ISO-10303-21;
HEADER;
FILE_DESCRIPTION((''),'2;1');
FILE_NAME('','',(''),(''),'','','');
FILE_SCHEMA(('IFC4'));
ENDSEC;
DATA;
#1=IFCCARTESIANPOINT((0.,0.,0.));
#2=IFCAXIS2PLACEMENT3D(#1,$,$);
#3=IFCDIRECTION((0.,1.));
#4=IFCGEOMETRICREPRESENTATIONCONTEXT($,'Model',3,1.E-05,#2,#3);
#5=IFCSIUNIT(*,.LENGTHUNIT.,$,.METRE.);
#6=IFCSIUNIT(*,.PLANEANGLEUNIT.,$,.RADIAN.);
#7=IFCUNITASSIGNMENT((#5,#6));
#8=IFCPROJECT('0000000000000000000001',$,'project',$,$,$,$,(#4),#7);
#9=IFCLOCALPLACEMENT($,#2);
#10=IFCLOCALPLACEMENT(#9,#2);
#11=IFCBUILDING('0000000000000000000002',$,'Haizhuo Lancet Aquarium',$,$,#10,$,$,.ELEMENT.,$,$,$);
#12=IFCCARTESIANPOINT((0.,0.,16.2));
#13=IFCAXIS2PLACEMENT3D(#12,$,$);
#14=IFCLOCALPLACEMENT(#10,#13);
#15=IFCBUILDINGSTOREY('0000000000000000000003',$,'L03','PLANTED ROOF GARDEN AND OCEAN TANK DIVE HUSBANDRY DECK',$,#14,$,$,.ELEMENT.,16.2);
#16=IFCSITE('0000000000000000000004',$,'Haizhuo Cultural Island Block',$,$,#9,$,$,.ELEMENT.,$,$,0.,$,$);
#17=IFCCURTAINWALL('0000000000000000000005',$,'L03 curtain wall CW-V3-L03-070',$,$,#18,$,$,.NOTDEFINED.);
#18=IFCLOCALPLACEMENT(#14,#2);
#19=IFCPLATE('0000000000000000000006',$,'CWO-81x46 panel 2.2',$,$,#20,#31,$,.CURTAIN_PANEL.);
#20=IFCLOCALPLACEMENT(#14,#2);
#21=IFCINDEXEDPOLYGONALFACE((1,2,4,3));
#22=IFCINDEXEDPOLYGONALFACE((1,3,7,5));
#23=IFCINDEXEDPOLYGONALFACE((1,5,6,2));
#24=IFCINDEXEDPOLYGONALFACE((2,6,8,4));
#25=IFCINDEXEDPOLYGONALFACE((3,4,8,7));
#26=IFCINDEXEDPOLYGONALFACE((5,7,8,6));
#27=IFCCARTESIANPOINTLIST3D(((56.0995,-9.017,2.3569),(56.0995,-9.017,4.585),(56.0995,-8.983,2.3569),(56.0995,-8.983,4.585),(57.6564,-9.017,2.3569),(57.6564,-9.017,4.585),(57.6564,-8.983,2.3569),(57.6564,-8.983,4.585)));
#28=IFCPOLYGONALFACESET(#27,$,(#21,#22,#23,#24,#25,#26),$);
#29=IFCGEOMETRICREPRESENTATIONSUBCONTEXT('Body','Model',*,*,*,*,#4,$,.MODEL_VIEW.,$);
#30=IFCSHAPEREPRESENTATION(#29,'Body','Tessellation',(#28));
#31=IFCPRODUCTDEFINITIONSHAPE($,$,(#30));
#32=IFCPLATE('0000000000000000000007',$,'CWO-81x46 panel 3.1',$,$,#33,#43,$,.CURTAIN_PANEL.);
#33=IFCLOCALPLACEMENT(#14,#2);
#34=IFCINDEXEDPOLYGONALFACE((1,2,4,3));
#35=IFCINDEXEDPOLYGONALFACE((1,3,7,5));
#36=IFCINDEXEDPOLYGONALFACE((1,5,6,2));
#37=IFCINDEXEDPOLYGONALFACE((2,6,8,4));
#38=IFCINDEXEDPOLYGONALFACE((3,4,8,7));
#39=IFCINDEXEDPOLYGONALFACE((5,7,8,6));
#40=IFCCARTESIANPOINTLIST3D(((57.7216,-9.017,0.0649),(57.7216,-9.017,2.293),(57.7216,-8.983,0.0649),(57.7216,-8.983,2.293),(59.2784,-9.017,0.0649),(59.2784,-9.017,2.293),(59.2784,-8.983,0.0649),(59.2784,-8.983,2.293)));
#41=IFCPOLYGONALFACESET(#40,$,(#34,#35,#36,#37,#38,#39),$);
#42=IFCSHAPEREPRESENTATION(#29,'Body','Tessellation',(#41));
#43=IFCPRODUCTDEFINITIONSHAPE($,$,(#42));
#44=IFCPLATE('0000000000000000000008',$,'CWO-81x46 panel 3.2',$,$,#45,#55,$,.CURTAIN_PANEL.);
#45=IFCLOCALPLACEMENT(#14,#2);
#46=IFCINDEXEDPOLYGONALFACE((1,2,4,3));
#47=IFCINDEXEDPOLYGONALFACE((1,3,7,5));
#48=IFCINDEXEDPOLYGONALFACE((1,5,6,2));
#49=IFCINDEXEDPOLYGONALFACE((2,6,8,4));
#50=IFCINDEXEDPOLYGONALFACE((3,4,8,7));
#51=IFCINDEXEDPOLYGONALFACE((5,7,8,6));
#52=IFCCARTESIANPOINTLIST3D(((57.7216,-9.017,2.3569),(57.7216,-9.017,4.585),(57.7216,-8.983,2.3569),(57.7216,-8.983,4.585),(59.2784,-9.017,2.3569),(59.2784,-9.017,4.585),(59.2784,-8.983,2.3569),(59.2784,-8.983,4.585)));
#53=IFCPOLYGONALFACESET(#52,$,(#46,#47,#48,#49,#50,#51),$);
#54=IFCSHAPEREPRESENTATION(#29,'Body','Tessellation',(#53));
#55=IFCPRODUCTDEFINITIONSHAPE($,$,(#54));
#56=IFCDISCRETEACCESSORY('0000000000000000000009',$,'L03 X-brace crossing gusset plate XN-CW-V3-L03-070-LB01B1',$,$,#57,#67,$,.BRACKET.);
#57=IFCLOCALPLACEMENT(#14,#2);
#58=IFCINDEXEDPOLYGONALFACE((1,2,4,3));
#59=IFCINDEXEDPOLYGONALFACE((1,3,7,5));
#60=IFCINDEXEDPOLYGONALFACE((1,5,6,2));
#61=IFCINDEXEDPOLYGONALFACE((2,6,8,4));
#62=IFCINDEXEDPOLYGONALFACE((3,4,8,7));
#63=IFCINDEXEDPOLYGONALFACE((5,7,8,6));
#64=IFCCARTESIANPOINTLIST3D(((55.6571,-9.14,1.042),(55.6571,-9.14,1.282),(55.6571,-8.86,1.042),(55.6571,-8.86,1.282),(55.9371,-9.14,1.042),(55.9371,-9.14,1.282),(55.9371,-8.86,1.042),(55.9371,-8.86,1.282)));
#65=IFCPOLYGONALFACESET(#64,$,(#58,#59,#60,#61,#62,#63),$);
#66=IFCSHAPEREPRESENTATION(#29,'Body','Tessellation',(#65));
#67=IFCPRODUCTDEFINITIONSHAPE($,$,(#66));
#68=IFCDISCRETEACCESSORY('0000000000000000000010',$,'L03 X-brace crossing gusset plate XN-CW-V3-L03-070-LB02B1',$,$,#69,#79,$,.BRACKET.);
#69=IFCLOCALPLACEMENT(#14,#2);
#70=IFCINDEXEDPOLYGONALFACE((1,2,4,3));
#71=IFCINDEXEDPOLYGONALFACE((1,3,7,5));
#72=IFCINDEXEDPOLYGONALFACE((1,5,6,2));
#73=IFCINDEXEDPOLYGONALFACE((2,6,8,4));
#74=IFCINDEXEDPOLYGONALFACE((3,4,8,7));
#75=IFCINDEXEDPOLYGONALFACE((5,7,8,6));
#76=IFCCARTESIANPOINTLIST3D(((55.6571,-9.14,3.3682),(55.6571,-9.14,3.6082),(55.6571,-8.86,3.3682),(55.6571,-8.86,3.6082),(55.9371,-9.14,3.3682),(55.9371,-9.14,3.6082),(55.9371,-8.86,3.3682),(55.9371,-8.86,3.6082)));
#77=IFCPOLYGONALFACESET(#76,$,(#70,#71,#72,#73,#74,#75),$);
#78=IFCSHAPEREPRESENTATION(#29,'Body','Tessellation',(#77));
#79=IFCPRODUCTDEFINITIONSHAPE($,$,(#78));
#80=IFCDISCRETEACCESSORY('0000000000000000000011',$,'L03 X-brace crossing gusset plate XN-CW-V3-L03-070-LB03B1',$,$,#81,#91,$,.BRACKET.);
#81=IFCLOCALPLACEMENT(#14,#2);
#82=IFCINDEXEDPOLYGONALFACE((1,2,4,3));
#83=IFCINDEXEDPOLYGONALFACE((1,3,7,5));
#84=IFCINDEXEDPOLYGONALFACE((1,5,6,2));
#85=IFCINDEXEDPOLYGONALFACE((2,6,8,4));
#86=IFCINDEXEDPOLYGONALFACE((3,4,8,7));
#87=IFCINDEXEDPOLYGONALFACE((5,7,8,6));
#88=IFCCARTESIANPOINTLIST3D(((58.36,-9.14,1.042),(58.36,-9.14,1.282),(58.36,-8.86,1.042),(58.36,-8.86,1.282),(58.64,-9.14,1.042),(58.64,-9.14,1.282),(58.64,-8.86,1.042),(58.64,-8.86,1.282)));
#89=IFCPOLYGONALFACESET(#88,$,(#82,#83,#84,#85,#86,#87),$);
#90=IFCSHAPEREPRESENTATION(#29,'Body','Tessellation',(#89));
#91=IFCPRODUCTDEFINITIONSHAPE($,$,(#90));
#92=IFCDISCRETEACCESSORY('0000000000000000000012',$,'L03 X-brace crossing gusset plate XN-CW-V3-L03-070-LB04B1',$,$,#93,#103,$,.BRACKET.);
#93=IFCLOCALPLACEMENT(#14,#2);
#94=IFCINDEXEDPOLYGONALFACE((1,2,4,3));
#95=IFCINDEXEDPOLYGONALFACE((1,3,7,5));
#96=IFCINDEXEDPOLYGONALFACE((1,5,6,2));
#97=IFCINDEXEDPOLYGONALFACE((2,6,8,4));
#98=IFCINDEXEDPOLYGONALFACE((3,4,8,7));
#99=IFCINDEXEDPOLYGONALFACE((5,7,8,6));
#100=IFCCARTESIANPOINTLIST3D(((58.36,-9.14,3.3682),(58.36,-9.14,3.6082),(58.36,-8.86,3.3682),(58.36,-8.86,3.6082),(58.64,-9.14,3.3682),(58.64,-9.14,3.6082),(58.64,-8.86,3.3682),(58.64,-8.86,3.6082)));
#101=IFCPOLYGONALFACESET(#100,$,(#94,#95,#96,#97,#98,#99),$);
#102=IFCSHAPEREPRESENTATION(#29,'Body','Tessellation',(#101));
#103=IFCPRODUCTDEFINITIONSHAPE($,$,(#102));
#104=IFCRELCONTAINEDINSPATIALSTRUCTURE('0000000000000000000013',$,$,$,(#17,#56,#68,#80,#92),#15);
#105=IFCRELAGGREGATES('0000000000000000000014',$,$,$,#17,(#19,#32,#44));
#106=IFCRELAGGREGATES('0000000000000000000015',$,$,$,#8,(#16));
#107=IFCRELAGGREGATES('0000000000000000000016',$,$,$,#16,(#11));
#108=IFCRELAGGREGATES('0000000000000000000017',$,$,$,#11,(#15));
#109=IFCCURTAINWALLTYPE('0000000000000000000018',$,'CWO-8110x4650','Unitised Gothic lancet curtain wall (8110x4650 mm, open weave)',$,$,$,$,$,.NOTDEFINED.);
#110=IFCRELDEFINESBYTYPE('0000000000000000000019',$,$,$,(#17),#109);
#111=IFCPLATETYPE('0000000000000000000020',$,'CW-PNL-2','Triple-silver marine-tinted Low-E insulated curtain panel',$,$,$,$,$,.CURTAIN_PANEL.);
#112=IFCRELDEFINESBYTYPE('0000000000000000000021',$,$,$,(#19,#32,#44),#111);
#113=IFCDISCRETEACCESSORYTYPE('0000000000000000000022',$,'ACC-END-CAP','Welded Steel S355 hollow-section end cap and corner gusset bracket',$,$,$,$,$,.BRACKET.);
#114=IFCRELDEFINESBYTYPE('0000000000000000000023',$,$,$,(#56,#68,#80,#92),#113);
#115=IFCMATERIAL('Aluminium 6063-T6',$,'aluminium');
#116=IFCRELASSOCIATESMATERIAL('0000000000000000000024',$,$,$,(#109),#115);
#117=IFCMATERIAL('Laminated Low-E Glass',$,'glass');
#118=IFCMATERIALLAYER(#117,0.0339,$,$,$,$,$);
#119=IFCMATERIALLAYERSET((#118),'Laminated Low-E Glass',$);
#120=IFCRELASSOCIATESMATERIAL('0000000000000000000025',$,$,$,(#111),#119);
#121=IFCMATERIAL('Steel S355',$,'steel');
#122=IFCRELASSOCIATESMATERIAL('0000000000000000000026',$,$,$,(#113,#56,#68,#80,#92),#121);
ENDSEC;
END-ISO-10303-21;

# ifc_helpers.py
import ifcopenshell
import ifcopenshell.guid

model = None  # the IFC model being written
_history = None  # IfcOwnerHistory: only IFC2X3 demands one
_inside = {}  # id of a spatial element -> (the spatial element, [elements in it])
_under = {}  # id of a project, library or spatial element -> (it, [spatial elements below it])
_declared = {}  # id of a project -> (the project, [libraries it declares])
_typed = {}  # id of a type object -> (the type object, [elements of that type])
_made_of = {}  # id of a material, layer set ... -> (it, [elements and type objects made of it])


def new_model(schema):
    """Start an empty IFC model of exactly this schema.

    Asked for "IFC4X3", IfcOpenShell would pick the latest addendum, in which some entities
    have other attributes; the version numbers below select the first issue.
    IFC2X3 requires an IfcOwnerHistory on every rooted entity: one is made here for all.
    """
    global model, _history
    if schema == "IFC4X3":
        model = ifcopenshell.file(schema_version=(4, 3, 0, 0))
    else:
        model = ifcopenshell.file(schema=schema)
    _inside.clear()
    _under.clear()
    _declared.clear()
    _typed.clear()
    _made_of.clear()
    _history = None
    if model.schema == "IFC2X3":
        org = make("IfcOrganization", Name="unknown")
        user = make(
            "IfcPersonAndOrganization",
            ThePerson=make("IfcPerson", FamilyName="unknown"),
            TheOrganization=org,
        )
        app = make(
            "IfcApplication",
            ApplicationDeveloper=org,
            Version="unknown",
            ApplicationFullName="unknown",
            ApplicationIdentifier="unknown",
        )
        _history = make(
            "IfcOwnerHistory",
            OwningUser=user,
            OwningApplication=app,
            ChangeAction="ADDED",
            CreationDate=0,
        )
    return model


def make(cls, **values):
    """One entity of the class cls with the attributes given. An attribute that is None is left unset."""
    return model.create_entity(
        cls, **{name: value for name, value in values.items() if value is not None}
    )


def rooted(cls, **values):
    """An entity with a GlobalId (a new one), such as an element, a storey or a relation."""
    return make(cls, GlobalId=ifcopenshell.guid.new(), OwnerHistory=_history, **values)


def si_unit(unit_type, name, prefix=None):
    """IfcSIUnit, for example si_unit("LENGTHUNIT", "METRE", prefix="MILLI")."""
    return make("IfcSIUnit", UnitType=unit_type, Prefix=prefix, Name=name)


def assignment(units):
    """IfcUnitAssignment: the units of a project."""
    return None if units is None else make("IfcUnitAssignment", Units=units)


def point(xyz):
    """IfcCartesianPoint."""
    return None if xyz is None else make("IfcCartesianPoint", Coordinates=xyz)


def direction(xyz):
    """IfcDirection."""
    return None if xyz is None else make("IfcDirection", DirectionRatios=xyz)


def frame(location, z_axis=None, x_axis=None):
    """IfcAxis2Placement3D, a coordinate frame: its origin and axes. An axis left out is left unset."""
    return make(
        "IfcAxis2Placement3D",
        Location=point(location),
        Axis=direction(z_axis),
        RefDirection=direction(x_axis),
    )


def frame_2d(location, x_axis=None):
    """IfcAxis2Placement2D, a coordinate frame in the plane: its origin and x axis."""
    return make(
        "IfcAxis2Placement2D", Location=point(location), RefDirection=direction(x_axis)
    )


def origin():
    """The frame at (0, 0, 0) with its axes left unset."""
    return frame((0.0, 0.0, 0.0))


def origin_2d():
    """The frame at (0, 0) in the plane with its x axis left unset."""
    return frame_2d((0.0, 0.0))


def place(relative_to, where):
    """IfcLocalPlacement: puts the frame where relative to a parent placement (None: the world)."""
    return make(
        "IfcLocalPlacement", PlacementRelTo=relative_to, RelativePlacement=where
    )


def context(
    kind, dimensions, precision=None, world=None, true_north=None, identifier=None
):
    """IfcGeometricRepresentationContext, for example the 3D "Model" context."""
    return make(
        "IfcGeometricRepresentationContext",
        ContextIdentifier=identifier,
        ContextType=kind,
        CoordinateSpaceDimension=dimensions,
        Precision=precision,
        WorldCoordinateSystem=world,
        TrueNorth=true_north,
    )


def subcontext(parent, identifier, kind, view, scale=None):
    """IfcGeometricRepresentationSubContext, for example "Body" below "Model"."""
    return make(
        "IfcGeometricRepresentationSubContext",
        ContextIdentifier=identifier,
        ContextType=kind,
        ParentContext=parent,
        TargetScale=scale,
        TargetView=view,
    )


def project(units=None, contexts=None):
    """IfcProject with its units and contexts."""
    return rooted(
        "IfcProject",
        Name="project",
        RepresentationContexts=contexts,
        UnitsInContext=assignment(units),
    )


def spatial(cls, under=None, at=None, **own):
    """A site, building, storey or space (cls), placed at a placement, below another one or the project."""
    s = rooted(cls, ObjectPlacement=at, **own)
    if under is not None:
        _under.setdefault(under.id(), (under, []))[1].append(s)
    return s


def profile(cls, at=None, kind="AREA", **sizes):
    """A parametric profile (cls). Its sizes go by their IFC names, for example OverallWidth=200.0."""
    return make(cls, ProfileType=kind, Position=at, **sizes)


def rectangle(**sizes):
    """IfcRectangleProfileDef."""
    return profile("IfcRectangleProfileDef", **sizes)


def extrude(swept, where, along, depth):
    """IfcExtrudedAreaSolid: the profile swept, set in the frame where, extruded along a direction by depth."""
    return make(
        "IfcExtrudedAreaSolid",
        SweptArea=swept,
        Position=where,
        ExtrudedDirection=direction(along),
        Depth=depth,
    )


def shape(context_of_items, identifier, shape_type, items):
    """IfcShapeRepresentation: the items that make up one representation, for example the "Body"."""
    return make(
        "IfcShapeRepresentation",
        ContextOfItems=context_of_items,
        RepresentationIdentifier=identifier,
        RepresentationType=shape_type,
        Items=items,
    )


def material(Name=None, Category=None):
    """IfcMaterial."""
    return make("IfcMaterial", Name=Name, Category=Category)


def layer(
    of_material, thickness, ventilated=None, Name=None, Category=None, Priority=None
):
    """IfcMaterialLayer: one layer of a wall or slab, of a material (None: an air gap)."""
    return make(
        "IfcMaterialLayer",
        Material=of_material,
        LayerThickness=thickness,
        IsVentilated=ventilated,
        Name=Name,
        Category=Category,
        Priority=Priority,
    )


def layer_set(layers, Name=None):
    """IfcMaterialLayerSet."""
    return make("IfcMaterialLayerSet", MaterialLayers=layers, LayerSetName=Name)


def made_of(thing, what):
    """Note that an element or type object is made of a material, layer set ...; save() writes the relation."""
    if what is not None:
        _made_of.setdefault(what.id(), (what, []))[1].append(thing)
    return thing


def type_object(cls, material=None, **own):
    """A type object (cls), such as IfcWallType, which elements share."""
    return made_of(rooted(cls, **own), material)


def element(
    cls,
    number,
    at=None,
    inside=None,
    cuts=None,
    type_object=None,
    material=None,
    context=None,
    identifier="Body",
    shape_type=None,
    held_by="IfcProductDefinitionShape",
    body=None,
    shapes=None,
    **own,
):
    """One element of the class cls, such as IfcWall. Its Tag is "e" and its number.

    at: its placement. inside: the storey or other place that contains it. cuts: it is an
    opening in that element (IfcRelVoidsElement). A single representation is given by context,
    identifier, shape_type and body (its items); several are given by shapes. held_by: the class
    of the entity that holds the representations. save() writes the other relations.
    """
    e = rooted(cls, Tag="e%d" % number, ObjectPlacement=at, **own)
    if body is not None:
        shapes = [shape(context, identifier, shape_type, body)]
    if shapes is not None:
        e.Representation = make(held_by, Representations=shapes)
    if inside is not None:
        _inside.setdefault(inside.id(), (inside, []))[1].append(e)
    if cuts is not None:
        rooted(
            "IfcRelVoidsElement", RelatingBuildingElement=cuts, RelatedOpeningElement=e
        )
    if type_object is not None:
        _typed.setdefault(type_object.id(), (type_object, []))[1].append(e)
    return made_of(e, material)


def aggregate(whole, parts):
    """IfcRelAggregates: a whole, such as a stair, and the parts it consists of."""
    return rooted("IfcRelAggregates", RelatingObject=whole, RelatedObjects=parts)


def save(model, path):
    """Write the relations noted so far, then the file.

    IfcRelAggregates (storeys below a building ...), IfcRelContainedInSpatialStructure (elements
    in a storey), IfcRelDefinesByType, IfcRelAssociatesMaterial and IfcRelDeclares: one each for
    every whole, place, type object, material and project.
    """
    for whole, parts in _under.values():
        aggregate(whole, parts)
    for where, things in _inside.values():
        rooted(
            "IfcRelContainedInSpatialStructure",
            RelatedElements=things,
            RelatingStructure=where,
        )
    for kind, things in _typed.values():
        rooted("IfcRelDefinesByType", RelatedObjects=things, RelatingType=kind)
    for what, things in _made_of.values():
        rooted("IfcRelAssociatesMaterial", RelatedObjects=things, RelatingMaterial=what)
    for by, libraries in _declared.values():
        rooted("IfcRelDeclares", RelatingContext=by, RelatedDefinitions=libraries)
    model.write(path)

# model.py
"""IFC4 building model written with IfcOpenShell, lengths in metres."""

from ifc_helpers import new_model, si_unit, direction, frame, origin, origin_2d, place, context, subcontext, project, spatial, rectangle, extrude, material, layer, layer_set, type_object, element, aggregate, save


model = new_model("IFC4")

# Units and contexts
model_context = context("Model", 3, precision=1e-05, world=origin(), true_north=direction((0.0, 1.0)))
body_context = subcontext(model_context, "Body", "Model", "MODEL_VIEW")
ifc_project = project(units=[si_unit("LENGTHUNIT", "METRE"), si_unit("PLANEANGLEUNIT", "RADIAN")], contexts=[model_context])

# Site, building, storey
site_placement = place(None, origin())
site = spatial("IfcSite", under=ifc_project, at=site_placement, Name="Haizhuo Cultural Island Block", CompositionType="ELEMENT", RefElevation=0.0)
building_placement = place(site_placement, origin())
building = spatial("IfcBuilding", under=site, at=building_placement, Name="Haizhuo Lancet Aquarium", CompositionType="ELEMENT")
storey_placement = place(building_placement, frame((0.0, 0.0, 16.2)))
storey = spatial("IfcBuildingStorey", under=building, at=storey_placement, Name="L03", Description="PLANTED ROOF GARDEN AND OCEAN TANK DIVE HUSBANDRY DECK", CompositionType="ELEMENT", Elevation=16.2)

# Curtain wall
ifc_material_1 = material(Name="Aluminium 6063-T6", Category="aluminium")
curtain_wall_type = type_object("IfcCurtainWallType", Name="CWO-8110x4650", Description="Unitised Gothic lancet curtain wall (8110x4650 mm, open weave)", PredefinedType="NOTDEFINED", material=ifc_material_1)
curtain_wall_placement = place(storey_placement, origin())
curtain_wall = element("IfcCurtainWall", 1, at=curtain_wall_placement, inside=storey, type_object=curtain_wall_type, Name="L03 curtain wall CW-V3-L03-070", PredefinedType="NOTDEFINED")

# Shared definitions
ifc_material_2 = material(Name="Steel S355", Category="steel")

# Plates
ifc_material_3 = material(Name="Laminated Low-E Glass", Category="glass")
ifc_layer = layer(ifc_material_3, 0.0339)
ifc_layer_set = layer_set([ifc_layer], Name="Laminated Low-E Glass")
plate_type = type_object("IfcPlateType", Name="CW-PNL-2", Description="Triple-silver marine-tinted Low-E insulated curtain panel", PredefinedType="CURTAIN_PANEL", material=ifc_layer_set)
plate_1_placement = place(storey_placement, frame((56.8779, -9.0, 2.3569), z_axis=(0.0, 0.0, 1.0), x_axis=(1.0, 0.0, 0.0)))
plate_1 = element("IfcPlate", 2, at=plate_1_placement, type_object=plate_type, Name="CWO-81x46 panel 2.2", PredefinedType="CURTAIN_PANEL", context=body_context, shape_type="SweptSolid", body=[
    extrude(rectangle(XDim=1.5569, YDim=0.0339, at=origin_2d()), origin(), (0.0, 0.0, 1.0), 2.228),
])
plate_2_placement = place(storey_placement, frame((58.5, -9.0, 0.0649), z_axis=(0.0, 0.0, 1.0), x_axis=(1.0, 0.0, 0.0)))
plate_2 = element("IfcPlate", 3, at=plate_2_placement, type_object=plate_type, Name="CWO-81x46 panel 3.1", PredefinedType="CURTAIN_PANEL", context=body_context, shape_type="SweptSolid", body=[
    extrude(rectangle(XDim=1.5569, YDim=0.0339, at=origin_2d()), origin(), (0.0, 0.0, 1.0), 2.228),
])
plate_3_placement = place(storey_placement, frame((58.5, -9.0, 2.3569), z_axis=(0.0, 0.0, 1.0), x_axis=(1.0, 0.0, 0.0)))
plate_3 = element("IfcPlate", 4, at=plate_3_placement, type_object=plate_type, Name="CWO-81x46 panel 3.2", PredefinedType="CURTAIN_PANEL", context=body_context, shape_type="SweptSolid", body=[
    extrude(rectangle(XDim=1.5569, YDim=0.0339, at=origin_2d()), origin(), (0.0, 0.0, 1.0), 2.228),
])
aggregate(curtain_wall, [plate_1, plate_2, plate_3])

# Discrete accessories
discrete_accessory_type = type_object("IfcDiscreteAccessoryType", Name="ACC-END-CAP", Description="Welded Steel S355 hollow-section end cap and corner gusset bracket", PredefinedType="BRACKET", material=ifc_material_2)
for number, where, z_axis, x_axis, name in (
    (5, (55.7971, -9.0, 1.042), (0.0, 0.0, 1.0), (1.0, 0.0, 0.0), "L03 X-brace crossing gusset plate XN-CW-V3-L03-070-LB01B1"),
    (6, (55.7971, -9.0, 3.3682), (0.0, 0.0, 1.0), (1.0, 0.0, 0.0), "L03 X-brace crossing gusset plate XN-CW-V3-L03-070-LB02B1"),
    (7, (58.5, -9.0, 1.042), (0.0, 0.0, 1.0), (1.0, 0.0, 0.0), "L03 X-brace crossing gusset plate XN-CW-V3-L03-070-LB03B1"),
    (8, (58.5, -9.0, 3.3682), (0.0, 0.0, 1.0), (1.0, 0.0, 0.0), "L03 X-brace crossing gusset plate XN-CW-V3-L03-070-LB04B1"),
):
    element("IfcDiscreteAccessory", number, at=place(storey_placement, frame(where, z_axis=z_axis, x_axis=x_axis)), inside=storey, type_object=discrete_accessory_type, material=ifc_material_2, Name=name, PredefinedType="BRACKET", context=body_context, shape_type="SweptSolid", body=[
        extrude(rectangle(XDim=0.28, YDim=0.28, at=origin_2d()), origin(), (0.0, 0.0, 1.0), 0.24),
    ])

save(model, "model.ifc")
